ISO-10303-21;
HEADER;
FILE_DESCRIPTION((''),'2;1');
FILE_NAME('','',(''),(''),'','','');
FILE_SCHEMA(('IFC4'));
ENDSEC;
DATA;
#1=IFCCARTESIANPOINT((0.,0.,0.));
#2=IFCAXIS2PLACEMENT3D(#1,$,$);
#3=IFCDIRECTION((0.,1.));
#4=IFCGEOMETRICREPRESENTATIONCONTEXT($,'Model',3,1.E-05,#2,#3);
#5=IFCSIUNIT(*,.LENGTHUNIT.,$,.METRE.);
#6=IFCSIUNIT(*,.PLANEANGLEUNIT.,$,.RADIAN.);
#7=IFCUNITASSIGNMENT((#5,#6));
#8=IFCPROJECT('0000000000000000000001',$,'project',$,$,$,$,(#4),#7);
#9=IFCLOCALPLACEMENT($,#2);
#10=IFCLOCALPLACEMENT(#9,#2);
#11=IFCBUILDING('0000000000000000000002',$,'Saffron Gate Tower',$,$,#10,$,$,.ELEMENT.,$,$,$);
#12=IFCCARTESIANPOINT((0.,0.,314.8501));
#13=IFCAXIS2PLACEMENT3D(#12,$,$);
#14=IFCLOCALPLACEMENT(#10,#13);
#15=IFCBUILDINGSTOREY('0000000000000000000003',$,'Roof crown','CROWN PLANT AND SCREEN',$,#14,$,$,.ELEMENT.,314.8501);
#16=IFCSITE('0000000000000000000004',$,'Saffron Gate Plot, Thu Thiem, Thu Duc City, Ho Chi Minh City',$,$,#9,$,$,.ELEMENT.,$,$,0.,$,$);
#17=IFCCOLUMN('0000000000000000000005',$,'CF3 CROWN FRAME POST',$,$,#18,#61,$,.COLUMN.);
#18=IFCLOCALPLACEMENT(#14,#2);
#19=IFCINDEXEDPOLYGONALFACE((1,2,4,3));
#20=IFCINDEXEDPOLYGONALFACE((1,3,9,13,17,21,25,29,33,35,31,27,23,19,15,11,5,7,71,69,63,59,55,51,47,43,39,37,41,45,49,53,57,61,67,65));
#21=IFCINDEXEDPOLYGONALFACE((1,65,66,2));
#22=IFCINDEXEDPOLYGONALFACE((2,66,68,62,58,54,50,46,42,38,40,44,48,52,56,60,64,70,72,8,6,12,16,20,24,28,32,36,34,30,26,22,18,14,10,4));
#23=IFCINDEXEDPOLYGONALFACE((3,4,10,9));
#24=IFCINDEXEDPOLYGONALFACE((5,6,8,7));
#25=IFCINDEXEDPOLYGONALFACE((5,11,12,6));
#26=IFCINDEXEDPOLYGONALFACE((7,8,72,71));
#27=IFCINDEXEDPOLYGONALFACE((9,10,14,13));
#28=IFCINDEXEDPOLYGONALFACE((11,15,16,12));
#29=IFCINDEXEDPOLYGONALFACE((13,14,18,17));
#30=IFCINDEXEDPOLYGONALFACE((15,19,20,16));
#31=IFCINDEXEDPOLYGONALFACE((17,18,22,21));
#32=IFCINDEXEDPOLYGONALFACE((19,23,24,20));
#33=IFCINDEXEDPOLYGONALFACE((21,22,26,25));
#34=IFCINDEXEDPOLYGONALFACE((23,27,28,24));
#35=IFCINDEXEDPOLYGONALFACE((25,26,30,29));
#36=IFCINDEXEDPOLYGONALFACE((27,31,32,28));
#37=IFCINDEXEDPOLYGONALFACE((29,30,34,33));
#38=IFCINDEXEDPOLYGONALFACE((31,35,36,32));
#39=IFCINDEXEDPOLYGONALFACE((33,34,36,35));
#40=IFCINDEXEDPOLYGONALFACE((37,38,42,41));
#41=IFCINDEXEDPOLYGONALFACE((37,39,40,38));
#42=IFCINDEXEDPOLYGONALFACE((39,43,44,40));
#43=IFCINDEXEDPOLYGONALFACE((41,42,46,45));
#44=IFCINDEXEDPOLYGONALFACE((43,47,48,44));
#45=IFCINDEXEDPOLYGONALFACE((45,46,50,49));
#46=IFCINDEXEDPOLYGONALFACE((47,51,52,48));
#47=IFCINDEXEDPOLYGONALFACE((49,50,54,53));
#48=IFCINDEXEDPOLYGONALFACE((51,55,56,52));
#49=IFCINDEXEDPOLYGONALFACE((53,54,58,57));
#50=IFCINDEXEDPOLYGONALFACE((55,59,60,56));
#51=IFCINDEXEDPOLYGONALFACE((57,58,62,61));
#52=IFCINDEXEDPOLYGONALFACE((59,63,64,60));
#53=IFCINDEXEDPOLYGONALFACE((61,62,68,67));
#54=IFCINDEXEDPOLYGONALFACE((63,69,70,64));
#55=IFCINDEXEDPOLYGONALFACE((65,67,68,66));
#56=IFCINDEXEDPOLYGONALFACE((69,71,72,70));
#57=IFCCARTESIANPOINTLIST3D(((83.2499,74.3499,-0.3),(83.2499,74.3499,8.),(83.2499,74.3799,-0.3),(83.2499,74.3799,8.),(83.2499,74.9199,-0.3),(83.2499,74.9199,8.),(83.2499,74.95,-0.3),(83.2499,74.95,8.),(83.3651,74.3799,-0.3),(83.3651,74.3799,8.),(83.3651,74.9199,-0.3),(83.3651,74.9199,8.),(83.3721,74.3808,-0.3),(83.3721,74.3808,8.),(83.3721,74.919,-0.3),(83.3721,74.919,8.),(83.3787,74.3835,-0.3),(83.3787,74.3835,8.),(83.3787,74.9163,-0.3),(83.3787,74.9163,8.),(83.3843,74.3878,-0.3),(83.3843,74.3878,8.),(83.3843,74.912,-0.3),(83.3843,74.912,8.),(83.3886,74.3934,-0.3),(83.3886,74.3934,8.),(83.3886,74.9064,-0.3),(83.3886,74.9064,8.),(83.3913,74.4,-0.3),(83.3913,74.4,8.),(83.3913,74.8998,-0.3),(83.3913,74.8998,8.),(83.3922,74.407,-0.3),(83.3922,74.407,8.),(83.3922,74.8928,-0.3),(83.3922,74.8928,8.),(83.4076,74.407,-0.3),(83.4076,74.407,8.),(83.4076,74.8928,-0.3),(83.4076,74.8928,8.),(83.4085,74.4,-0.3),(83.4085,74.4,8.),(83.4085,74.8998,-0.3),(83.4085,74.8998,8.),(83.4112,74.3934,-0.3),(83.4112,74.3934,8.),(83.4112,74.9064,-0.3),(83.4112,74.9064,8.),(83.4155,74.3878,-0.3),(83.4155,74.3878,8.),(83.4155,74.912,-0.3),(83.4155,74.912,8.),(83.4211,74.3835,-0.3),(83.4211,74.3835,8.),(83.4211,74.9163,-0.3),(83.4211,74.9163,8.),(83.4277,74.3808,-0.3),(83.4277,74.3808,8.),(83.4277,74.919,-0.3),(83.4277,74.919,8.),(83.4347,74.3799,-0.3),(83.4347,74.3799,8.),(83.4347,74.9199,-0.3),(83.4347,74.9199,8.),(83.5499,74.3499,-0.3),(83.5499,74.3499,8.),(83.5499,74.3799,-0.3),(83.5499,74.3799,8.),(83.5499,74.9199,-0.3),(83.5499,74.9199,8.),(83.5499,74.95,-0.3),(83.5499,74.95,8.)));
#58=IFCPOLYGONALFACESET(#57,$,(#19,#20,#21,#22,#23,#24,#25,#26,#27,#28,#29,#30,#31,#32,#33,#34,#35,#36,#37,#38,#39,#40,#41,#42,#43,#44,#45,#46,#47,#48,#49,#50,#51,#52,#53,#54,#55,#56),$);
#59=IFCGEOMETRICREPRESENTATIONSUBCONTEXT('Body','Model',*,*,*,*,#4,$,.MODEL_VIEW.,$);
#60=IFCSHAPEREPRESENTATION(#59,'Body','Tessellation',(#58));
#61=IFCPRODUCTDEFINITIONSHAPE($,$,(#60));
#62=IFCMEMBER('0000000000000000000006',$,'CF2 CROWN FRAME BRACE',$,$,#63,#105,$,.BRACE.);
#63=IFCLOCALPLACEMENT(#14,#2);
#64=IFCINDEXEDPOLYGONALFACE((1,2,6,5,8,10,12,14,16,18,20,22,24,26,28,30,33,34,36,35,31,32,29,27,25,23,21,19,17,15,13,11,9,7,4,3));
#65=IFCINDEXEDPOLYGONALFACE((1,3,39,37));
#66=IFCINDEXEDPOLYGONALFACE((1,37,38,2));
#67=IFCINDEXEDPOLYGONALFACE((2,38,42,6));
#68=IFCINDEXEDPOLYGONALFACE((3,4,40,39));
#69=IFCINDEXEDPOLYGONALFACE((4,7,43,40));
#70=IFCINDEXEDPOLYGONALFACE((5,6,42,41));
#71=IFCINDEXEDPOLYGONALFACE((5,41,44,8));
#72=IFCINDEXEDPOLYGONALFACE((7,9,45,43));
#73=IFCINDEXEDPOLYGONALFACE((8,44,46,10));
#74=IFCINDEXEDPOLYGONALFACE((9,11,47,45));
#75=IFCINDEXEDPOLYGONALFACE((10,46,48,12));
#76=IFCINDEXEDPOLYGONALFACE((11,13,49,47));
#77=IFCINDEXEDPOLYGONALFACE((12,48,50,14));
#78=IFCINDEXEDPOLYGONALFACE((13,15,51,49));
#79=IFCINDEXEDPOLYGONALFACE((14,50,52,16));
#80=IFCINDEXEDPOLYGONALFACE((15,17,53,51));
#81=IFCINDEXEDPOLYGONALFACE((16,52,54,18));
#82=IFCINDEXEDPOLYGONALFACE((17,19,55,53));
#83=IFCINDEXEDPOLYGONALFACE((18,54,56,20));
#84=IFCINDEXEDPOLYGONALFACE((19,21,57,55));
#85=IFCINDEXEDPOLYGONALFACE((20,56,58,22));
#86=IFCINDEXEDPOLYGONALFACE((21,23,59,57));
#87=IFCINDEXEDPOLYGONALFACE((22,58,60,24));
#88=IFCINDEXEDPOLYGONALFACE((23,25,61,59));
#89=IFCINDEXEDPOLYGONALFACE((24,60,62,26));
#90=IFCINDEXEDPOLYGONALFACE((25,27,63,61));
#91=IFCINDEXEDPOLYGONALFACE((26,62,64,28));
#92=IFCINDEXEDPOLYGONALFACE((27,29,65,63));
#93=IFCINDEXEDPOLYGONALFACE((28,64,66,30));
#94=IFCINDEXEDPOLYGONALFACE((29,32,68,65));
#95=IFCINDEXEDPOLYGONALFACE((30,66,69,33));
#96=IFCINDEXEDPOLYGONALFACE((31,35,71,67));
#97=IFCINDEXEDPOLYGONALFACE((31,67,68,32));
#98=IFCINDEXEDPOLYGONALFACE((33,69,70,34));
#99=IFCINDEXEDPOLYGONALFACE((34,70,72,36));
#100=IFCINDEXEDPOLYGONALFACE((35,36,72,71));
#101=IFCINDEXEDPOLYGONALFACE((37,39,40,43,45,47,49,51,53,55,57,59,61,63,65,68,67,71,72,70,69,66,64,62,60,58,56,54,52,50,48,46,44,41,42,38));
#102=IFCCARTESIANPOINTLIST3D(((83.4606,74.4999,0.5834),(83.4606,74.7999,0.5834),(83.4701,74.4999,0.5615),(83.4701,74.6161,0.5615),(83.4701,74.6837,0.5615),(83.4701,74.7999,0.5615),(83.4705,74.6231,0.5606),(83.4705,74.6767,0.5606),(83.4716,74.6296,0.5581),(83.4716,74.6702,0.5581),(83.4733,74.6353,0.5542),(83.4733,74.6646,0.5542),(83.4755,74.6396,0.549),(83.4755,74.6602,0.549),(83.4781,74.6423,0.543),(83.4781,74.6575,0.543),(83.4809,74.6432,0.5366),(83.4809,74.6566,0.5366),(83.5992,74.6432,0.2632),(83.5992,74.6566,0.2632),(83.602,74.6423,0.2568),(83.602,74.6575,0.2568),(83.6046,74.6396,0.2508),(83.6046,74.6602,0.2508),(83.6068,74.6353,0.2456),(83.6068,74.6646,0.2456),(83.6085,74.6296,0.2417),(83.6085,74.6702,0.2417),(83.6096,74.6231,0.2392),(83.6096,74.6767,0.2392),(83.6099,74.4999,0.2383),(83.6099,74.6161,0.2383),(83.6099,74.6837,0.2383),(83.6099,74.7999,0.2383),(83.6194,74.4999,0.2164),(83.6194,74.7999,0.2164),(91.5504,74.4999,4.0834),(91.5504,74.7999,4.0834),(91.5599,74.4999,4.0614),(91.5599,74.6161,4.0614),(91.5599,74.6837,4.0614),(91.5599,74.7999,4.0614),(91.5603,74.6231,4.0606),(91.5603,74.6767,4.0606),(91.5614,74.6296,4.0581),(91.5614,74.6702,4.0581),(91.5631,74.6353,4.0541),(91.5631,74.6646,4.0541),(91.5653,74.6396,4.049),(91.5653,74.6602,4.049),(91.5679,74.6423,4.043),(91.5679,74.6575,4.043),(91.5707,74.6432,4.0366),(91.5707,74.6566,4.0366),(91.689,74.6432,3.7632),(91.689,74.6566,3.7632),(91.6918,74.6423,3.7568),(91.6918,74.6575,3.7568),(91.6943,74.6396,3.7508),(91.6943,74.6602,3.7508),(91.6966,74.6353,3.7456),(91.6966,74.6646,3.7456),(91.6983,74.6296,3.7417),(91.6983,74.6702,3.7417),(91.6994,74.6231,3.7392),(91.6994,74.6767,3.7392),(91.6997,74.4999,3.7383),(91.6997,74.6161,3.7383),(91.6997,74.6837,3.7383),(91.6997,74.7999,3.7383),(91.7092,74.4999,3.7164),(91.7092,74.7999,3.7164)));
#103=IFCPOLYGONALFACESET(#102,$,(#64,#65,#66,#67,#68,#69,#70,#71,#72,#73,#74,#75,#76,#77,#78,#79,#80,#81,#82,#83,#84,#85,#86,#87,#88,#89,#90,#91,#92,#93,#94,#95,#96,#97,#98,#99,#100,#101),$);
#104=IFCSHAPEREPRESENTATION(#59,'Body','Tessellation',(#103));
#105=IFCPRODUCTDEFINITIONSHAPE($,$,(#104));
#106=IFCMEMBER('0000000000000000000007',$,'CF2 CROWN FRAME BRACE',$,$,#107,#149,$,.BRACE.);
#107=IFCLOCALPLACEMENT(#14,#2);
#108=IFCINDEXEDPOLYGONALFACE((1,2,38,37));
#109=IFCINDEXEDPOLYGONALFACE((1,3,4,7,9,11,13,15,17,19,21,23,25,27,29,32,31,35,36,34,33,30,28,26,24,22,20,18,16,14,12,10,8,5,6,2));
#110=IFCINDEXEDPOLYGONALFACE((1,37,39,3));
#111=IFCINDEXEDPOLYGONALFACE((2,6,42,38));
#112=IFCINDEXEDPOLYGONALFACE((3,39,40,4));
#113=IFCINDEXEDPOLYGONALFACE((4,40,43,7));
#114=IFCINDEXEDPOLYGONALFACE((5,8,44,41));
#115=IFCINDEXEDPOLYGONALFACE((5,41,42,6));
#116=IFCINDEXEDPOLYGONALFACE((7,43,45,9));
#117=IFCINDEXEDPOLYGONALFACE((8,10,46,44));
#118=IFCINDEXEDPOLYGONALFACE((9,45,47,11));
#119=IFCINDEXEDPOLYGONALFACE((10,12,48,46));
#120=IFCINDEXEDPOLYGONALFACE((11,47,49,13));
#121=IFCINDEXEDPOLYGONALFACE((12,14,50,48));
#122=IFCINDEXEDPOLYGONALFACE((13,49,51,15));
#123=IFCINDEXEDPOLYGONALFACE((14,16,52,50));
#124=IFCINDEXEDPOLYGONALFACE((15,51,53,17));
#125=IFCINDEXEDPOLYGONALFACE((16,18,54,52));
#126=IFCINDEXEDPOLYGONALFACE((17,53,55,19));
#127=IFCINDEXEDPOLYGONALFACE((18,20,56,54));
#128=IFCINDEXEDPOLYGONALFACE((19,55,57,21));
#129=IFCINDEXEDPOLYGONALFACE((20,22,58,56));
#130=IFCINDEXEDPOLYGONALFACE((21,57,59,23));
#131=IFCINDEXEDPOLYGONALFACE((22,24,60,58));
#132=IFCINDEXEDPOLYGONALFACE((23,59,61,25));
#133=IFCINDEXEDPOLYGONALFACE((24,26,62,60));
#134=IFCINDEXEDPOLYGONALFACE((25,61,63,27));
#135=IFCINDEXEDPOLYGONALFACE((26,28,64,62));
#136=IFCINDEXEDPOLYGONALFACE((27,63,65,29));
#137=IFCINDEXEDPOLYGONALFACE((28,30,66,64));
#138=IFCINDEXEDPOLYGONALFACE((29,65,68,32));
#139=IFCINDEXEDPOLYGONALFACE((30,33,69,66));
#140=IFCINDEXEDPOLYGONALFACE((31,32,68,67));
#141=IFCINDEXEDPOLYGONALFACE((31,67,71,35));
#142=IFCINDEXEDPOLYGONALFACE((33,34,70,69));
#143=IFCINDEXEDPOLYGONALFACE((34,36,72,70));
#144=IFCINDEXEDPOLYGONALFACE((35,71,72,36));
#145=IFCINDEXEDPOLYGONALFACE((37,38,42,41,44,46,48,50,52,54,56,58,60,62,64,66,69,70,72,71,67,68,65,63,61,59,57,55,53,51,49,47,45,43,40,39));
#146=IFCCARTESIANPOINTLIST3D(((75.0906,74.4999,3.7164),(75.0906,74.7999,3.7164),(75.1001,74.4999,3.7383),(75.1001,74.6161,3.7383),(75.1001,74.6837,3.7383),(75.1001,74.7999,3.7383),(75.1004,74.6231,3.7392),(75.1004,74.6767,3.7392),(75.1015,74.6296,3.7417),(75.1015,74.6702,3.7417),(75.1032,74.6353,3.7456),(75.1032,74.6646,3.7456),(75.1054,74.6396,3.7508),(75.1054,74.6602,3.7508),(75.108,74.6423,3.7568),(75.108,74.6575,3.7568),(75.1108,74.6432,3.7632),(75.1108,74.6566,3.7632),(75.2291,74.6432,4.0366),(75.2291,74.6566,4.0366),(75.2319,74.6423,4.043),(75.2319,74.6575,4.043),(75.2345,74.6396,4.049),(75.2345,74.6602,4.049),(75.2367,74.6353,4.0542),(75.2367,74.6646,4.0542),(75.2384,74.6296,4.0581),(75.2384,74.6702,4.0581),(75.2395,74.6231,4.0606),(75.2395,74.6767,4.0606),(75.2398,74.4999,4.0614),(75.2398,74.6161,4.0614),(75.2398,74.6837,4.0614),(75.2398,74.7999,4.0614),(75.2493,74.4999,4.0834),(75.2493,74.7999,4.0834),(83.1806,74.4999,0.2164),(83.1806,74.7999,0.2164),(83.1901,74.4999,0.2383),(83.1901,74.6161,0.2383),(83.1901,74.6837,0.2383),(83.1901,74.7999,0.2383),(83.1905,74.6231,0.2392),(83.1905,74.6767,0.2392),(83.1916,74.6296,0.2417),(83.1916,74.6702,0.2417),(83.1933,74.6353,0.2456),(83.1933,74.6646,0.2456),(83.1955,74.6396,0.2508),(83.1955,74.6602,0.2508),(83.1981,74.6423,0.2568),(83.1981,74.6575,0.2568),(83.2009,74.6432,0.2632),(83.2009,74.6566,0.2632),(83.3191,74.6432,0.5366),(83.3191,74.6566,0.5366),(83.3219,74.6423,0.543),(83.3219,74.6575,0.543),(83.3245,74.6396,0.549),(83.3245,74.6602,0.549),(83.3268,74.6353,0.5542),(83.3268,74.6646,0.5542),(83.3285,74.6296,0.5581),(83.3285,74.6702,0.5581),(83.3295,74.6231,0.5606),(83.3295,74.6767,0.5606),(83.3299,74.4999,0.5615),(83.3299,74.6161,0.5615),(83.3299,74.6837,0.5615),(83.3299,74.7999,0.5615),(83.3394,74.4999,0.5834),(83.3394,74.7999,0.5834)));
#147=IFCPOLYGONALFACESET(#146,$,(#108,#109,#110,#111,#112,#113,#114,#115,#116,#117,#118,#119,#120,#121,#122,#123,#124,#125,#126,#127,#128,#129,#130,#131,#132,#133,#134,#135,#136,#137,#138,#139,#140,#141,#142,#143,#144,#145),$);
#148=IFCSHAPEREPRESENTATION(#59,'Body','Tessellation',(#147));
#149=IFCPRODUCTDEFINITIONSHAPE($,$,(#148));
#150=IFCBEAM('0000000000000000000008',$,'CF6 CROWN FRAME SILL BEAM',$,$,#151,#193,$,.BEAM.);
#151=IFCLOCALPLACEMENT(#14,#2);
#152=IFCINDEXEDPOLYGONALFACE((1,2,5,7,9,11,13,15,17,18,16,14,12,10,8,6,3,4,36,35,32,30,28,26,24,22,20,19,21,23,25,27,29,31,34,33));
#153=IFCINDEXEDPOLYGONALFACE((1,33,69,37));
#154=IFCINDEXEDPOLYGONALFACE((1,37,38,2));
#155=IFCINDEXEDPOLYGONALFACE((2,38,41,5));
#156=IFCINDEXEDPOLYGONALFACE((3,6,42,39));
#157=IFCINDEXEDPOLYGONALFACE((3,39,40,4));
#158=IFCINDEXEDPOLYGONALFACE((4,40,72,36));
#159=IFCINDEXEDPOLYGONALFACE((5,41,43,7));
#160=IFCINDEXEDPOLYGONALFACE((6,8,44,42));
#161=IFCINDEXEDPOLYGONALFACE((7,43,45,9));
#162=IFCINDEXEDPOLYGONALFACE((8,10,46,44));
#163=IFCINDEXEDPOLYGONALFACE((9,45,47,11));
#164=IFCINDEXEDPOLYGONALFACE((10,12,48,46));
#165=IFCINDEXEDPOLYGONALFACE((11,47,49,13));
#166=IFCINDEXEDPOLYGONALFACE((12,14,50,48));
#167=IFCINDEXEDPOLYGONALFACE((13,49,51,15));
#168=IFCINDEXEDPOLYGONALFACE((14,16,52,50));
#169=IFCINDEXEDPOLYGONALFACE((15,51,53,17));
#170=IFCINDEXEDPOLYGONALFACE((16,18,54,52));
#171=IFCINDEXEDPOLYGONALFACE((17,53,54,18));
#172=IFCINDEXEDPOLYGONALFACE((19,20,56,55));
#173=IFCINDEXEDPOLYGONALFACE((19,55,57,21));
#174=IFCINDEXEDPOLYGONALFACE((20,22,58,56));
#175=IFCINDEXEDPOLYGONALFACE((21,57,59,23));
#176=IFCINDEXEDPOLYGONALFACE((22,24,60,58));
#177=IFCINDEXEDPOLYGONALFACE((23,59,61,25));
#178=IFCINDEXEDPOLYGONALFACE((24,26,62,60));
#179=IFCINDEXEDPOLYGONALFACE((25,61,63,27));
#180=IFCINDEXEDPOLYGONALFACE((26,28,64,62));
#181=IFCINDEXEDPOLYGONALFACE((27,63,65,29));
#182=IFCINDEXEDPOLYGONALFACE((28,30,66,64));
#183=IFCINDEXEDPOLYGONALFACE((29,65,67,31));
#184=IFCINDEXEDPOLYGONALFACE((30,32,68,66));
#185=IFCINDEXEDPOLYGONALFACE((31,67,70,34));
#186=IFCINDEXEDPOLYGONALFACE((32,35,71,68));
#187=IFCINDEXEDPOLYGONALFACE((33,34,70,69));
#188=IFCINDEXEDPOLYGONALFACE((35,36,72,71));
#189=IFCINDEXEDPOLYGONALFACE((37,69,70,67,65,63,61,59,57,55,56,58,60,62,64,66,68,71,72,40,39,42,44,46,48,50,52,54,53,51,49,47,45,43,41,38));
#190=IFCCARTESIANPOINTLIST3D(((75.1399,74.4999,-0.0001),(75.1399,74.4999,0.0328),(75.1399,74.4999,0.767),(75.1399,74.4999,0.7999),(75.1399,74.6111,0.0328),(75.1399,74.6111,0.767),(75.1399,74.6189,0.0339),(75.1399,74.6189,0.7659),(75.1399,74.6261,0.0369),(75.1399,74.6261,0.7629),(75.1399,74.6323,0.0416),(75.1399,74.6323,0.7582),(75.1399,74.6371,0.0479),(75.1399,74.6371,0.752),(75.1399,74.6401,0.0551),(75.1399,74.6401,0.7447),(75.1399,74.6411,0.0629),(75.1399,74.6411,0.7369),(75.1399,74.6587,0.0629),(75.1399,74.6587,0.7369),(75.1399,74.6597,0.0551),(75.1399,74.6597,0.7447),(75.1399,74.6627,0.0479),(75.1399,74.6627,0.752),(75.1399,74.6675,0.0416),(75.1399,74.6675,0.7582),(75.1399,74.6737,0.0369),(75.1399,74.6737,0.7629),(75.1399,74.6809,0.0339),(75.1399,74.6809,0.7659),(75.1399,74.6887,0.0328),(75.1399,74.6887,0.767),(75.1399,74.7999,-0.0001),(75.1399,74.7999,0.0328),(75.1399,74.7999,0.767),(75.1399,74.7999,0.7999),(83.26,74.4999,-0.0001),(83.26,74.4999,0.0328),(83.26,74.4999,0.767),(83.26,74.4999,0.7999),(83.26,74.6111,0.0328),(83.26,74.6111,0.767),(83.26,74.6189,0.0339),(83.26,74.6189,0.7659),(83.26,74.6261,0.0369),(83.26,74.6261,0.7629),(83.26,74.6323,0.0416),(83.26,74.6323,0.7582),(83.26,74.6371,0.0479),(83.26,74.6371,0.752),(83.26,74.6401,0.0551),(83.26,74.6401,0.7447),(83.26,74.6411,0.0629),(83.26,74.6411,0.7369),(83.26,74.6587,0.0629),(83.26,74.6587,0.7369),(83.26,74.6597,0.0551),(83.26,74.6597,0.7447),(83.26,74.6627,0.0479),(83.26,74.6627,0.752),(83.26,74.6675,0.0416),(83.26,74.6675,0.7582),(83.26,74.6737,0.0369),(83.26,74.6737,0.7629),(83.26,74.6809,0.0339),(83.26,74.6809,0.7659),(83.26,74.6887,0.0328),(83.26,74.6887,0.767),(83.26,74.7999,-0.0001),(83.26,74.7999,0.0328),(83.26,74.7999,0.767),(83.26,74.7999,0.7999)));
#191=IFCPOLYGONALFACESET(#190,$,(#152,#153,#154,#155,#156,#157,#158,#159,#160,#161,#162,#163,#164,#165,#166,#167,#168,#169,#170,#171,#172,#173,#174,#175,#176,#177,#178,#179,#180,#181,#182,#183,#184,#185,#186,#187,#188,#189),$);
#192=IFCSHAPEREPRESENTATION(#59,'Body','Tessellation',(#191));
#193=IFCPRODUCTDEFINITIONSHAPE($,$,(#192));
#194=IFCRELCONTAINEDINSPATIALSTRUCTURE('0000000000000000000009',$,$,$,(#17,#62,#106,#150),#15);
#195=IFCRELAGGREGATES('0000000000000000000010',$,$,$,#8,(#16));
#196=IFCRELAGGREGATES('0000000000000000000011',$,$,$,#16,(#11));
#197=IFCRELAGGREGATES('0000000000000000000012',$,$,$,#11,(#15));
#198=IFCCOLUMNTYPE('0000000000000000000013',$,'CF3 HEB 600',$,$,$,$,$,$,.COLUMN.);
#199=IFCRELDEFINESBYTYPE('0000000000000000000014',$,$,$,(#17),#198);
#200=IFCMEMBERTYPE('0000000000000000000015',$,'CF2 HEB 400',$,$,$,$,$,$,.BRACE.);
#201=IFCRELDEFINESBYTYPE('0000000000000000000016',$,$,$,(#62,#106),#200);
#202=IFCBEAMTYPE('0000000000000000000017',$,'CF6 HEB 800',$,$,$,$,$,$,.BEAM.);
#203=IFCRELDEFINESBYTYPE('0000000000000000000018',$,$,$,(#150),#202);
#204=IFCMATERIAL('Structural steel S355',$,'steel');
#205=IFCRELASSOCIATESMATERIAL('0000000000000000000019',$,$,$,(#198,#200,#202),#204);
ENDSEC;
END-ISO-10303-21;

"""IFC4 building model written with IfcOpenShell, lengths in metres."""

from ifc_helpers import new_model, si_unit, direction, frame, origin, origin_2d, place, context, subcontext, project, spatial, i_section, extrude, material, material_profile, profile_set, type_object, element, save


model = new_model("IFC4")

# Units and contexts
model_context = context("Model", 3, precision=1e-05, world=origin(), true_north=direction((0.0, 1.0)))
body_context = subcontext(model_context, "Body", "Model", "MODEL_VIEW")
ifc_project = project(units=[si_unit("LENGTHUNIT", "METRE"), si_unit("PLANEANGLEUNIT", "RADIAN")], contexts=[model_context])

# Site, building, storey
site_placement = place(None, origin())
site = spatial("IfcSite", under=ifc_project, at=site_placement, Name="Saffron Gate Plot, Thu Thiem, Thu Duc City, Ho Chi Minh City", CompositionType="ELEMENT", RefElevation=0.0)
building_placement = place(site_placement, origin())
building = spatial("IfcBuilding", under=site, at=building_placement, Name="Saffron Gate Tower", CompositionType="ELEMENT")
storey_placement = place(building_placement, frame((0.0, 0.0, 314.8501)))
storey = spatial("IfcBuildingStorey", under=building, at=storey_placement, Name="Roof crown", Description="CROWN PLANT AND SCREEN", CompositionType="ELEMENT", Elevation=314.8501)

# Column
ifc_material_1 = material(Name="Structural steel S355", Category="steel")
ifc_material_profile_1 = material_profile(ifc_material_1, i_section(OverallWidth=0.3, OverallDepth=0.6001, WebThickness=0.0154, FlangeThickness=0.03, FilletRadius=0.0271, at=origin_2d()))
ifc_profile_set_1 = profile_set([ifc_material_profile_1], Name="Structural steel S355")
column_type = type_object("IfcColumnType", Name="CF3 HEB 600", PredefinedType="COLUMN", material=ifc_profile_set_1)
column_placement = place(storey_placement, frame((83.3999, 74.6499, -0.3), z_axis=(0.0, 0.0, 1.0), x_axis=(1.0, 0.0, 0.0)))
element("IfcColumn", 1, at=column_placement, inside=storey, type_object=column_type, Name="CF3 CROWN FRAME POST", PredefinedType="COLUMN", context=body_context, shape_type="SweptSolid", body=[
    extrude(i_section(OverallWidth=0.3, OverallDepth=0.6001, WebThickness=0.0154, FlangeThickness=0.03, FilletRadius=0.0271, at=origin_2d()), origin(), (0.0, 0.0, 1.0), 8.3),
])

# Members
ifc_material_profile_2 = material_profile(ifc_material_1, i_section(OverallWidth=0.3, OverallDepth=0.3999, WebThickness=0.0134, FlangeThickness=0.0239, FilletRadius=0.0271, at=origin_2d()))
ifc_profile_set_2 = profile_set([ifc_material_profile_2], Name="Structural steel S355")
member_type = type_object("IfcMemberType", Name="CF2 HEB 400", PredefinedType="BRACE", material=ifc_profile_set_2)
member_1_placement = place(storey_placement, frame((83.54, 74.6499, 0.3999), z_axis=(0.917787, 0.0, 0.397073), x_axis=(0.0, 1.0, 0.0)))
element("IfcMember", 2, at=member_1_placement, inside=storey, type_object=member_type, Name="CF2 CROWN FRAME BRACE", PredefinedType="BRACE", context=body_context, shape_type="SweptSolid", body=[
    extrude(i_section(OverallWidth=0.3, OverallDepth=0.3999, WebThickness=0.0134, FlangeThickness=0.0239, FilletRadius=0.0271, at=origin_2d()), origin(), (0.0, 0.0, 1.0), 8.8145),
])
member_2_placement = place(storey_placement, frame((83.26, 74.6499, 0.3999), z_axis=(-0.917792, 0.0, 0.397062), x_axis=(0.0, -1.0, 0.0)))
element("IfcMember", 3, at=member_2_placement, inside=storey, type_object=member_type, Name="CF2 CROWN FRAME BRACE", PredefinedType="BRACE", context=body_context, shape_type="SweptSolid", body=[
    extrude(i_section(OverallWidth=0.3, OverallDepth=0.3999, WebThickness=0.0134, FlangeThickness=0.0239, FilletRadius=0.0271, at=origin_2d()), origin(), (0.0, 0.0, 1.0), 8.8147),
])

# Beam
ifc_material_profile_3 = material_profile(ifc_material_1, i_section(OverallWidth=0.3, OverallDepth=0.8, WebThickness=0.0176, FlangeThickness=0.033, FilletRadius=0.03, at=origin_2d()))
ifc_profile_set_3 = profile_set([ifc_material_profile_3], Name="Structural steel S355")
beam_type = type_object("IfcBeamType", Name="CF6 HEB 800", PredefinedType="BEAM", material=ifc_profile_set_3)
beam_placement = place(storey_placement, frame((83.26, 74.6499, 0.3999), z_axis=(-1.0, 0.0, 0.0), x_axis=(0.0, -1.0, 0.0)))
element("IfcBeam", 4, at=beam_placement, inside=storey, type_object=beam_type, Name="CF6 CROWN FRAME SILL BEAM", PredefinedType="BEAM", context=body_context, shape_type="SweptSolid", body=[
    extrude(i_section(OverallWidth=0.3, OverallDepth=0.8, WebThickness=0.0176, FlangeThickness=0.033, FilletRadius=0.03, at=origin_2d()), origin(), (0.0, 0.0, 1.0), 8.1201),
])

save(model, "model.ifc")
